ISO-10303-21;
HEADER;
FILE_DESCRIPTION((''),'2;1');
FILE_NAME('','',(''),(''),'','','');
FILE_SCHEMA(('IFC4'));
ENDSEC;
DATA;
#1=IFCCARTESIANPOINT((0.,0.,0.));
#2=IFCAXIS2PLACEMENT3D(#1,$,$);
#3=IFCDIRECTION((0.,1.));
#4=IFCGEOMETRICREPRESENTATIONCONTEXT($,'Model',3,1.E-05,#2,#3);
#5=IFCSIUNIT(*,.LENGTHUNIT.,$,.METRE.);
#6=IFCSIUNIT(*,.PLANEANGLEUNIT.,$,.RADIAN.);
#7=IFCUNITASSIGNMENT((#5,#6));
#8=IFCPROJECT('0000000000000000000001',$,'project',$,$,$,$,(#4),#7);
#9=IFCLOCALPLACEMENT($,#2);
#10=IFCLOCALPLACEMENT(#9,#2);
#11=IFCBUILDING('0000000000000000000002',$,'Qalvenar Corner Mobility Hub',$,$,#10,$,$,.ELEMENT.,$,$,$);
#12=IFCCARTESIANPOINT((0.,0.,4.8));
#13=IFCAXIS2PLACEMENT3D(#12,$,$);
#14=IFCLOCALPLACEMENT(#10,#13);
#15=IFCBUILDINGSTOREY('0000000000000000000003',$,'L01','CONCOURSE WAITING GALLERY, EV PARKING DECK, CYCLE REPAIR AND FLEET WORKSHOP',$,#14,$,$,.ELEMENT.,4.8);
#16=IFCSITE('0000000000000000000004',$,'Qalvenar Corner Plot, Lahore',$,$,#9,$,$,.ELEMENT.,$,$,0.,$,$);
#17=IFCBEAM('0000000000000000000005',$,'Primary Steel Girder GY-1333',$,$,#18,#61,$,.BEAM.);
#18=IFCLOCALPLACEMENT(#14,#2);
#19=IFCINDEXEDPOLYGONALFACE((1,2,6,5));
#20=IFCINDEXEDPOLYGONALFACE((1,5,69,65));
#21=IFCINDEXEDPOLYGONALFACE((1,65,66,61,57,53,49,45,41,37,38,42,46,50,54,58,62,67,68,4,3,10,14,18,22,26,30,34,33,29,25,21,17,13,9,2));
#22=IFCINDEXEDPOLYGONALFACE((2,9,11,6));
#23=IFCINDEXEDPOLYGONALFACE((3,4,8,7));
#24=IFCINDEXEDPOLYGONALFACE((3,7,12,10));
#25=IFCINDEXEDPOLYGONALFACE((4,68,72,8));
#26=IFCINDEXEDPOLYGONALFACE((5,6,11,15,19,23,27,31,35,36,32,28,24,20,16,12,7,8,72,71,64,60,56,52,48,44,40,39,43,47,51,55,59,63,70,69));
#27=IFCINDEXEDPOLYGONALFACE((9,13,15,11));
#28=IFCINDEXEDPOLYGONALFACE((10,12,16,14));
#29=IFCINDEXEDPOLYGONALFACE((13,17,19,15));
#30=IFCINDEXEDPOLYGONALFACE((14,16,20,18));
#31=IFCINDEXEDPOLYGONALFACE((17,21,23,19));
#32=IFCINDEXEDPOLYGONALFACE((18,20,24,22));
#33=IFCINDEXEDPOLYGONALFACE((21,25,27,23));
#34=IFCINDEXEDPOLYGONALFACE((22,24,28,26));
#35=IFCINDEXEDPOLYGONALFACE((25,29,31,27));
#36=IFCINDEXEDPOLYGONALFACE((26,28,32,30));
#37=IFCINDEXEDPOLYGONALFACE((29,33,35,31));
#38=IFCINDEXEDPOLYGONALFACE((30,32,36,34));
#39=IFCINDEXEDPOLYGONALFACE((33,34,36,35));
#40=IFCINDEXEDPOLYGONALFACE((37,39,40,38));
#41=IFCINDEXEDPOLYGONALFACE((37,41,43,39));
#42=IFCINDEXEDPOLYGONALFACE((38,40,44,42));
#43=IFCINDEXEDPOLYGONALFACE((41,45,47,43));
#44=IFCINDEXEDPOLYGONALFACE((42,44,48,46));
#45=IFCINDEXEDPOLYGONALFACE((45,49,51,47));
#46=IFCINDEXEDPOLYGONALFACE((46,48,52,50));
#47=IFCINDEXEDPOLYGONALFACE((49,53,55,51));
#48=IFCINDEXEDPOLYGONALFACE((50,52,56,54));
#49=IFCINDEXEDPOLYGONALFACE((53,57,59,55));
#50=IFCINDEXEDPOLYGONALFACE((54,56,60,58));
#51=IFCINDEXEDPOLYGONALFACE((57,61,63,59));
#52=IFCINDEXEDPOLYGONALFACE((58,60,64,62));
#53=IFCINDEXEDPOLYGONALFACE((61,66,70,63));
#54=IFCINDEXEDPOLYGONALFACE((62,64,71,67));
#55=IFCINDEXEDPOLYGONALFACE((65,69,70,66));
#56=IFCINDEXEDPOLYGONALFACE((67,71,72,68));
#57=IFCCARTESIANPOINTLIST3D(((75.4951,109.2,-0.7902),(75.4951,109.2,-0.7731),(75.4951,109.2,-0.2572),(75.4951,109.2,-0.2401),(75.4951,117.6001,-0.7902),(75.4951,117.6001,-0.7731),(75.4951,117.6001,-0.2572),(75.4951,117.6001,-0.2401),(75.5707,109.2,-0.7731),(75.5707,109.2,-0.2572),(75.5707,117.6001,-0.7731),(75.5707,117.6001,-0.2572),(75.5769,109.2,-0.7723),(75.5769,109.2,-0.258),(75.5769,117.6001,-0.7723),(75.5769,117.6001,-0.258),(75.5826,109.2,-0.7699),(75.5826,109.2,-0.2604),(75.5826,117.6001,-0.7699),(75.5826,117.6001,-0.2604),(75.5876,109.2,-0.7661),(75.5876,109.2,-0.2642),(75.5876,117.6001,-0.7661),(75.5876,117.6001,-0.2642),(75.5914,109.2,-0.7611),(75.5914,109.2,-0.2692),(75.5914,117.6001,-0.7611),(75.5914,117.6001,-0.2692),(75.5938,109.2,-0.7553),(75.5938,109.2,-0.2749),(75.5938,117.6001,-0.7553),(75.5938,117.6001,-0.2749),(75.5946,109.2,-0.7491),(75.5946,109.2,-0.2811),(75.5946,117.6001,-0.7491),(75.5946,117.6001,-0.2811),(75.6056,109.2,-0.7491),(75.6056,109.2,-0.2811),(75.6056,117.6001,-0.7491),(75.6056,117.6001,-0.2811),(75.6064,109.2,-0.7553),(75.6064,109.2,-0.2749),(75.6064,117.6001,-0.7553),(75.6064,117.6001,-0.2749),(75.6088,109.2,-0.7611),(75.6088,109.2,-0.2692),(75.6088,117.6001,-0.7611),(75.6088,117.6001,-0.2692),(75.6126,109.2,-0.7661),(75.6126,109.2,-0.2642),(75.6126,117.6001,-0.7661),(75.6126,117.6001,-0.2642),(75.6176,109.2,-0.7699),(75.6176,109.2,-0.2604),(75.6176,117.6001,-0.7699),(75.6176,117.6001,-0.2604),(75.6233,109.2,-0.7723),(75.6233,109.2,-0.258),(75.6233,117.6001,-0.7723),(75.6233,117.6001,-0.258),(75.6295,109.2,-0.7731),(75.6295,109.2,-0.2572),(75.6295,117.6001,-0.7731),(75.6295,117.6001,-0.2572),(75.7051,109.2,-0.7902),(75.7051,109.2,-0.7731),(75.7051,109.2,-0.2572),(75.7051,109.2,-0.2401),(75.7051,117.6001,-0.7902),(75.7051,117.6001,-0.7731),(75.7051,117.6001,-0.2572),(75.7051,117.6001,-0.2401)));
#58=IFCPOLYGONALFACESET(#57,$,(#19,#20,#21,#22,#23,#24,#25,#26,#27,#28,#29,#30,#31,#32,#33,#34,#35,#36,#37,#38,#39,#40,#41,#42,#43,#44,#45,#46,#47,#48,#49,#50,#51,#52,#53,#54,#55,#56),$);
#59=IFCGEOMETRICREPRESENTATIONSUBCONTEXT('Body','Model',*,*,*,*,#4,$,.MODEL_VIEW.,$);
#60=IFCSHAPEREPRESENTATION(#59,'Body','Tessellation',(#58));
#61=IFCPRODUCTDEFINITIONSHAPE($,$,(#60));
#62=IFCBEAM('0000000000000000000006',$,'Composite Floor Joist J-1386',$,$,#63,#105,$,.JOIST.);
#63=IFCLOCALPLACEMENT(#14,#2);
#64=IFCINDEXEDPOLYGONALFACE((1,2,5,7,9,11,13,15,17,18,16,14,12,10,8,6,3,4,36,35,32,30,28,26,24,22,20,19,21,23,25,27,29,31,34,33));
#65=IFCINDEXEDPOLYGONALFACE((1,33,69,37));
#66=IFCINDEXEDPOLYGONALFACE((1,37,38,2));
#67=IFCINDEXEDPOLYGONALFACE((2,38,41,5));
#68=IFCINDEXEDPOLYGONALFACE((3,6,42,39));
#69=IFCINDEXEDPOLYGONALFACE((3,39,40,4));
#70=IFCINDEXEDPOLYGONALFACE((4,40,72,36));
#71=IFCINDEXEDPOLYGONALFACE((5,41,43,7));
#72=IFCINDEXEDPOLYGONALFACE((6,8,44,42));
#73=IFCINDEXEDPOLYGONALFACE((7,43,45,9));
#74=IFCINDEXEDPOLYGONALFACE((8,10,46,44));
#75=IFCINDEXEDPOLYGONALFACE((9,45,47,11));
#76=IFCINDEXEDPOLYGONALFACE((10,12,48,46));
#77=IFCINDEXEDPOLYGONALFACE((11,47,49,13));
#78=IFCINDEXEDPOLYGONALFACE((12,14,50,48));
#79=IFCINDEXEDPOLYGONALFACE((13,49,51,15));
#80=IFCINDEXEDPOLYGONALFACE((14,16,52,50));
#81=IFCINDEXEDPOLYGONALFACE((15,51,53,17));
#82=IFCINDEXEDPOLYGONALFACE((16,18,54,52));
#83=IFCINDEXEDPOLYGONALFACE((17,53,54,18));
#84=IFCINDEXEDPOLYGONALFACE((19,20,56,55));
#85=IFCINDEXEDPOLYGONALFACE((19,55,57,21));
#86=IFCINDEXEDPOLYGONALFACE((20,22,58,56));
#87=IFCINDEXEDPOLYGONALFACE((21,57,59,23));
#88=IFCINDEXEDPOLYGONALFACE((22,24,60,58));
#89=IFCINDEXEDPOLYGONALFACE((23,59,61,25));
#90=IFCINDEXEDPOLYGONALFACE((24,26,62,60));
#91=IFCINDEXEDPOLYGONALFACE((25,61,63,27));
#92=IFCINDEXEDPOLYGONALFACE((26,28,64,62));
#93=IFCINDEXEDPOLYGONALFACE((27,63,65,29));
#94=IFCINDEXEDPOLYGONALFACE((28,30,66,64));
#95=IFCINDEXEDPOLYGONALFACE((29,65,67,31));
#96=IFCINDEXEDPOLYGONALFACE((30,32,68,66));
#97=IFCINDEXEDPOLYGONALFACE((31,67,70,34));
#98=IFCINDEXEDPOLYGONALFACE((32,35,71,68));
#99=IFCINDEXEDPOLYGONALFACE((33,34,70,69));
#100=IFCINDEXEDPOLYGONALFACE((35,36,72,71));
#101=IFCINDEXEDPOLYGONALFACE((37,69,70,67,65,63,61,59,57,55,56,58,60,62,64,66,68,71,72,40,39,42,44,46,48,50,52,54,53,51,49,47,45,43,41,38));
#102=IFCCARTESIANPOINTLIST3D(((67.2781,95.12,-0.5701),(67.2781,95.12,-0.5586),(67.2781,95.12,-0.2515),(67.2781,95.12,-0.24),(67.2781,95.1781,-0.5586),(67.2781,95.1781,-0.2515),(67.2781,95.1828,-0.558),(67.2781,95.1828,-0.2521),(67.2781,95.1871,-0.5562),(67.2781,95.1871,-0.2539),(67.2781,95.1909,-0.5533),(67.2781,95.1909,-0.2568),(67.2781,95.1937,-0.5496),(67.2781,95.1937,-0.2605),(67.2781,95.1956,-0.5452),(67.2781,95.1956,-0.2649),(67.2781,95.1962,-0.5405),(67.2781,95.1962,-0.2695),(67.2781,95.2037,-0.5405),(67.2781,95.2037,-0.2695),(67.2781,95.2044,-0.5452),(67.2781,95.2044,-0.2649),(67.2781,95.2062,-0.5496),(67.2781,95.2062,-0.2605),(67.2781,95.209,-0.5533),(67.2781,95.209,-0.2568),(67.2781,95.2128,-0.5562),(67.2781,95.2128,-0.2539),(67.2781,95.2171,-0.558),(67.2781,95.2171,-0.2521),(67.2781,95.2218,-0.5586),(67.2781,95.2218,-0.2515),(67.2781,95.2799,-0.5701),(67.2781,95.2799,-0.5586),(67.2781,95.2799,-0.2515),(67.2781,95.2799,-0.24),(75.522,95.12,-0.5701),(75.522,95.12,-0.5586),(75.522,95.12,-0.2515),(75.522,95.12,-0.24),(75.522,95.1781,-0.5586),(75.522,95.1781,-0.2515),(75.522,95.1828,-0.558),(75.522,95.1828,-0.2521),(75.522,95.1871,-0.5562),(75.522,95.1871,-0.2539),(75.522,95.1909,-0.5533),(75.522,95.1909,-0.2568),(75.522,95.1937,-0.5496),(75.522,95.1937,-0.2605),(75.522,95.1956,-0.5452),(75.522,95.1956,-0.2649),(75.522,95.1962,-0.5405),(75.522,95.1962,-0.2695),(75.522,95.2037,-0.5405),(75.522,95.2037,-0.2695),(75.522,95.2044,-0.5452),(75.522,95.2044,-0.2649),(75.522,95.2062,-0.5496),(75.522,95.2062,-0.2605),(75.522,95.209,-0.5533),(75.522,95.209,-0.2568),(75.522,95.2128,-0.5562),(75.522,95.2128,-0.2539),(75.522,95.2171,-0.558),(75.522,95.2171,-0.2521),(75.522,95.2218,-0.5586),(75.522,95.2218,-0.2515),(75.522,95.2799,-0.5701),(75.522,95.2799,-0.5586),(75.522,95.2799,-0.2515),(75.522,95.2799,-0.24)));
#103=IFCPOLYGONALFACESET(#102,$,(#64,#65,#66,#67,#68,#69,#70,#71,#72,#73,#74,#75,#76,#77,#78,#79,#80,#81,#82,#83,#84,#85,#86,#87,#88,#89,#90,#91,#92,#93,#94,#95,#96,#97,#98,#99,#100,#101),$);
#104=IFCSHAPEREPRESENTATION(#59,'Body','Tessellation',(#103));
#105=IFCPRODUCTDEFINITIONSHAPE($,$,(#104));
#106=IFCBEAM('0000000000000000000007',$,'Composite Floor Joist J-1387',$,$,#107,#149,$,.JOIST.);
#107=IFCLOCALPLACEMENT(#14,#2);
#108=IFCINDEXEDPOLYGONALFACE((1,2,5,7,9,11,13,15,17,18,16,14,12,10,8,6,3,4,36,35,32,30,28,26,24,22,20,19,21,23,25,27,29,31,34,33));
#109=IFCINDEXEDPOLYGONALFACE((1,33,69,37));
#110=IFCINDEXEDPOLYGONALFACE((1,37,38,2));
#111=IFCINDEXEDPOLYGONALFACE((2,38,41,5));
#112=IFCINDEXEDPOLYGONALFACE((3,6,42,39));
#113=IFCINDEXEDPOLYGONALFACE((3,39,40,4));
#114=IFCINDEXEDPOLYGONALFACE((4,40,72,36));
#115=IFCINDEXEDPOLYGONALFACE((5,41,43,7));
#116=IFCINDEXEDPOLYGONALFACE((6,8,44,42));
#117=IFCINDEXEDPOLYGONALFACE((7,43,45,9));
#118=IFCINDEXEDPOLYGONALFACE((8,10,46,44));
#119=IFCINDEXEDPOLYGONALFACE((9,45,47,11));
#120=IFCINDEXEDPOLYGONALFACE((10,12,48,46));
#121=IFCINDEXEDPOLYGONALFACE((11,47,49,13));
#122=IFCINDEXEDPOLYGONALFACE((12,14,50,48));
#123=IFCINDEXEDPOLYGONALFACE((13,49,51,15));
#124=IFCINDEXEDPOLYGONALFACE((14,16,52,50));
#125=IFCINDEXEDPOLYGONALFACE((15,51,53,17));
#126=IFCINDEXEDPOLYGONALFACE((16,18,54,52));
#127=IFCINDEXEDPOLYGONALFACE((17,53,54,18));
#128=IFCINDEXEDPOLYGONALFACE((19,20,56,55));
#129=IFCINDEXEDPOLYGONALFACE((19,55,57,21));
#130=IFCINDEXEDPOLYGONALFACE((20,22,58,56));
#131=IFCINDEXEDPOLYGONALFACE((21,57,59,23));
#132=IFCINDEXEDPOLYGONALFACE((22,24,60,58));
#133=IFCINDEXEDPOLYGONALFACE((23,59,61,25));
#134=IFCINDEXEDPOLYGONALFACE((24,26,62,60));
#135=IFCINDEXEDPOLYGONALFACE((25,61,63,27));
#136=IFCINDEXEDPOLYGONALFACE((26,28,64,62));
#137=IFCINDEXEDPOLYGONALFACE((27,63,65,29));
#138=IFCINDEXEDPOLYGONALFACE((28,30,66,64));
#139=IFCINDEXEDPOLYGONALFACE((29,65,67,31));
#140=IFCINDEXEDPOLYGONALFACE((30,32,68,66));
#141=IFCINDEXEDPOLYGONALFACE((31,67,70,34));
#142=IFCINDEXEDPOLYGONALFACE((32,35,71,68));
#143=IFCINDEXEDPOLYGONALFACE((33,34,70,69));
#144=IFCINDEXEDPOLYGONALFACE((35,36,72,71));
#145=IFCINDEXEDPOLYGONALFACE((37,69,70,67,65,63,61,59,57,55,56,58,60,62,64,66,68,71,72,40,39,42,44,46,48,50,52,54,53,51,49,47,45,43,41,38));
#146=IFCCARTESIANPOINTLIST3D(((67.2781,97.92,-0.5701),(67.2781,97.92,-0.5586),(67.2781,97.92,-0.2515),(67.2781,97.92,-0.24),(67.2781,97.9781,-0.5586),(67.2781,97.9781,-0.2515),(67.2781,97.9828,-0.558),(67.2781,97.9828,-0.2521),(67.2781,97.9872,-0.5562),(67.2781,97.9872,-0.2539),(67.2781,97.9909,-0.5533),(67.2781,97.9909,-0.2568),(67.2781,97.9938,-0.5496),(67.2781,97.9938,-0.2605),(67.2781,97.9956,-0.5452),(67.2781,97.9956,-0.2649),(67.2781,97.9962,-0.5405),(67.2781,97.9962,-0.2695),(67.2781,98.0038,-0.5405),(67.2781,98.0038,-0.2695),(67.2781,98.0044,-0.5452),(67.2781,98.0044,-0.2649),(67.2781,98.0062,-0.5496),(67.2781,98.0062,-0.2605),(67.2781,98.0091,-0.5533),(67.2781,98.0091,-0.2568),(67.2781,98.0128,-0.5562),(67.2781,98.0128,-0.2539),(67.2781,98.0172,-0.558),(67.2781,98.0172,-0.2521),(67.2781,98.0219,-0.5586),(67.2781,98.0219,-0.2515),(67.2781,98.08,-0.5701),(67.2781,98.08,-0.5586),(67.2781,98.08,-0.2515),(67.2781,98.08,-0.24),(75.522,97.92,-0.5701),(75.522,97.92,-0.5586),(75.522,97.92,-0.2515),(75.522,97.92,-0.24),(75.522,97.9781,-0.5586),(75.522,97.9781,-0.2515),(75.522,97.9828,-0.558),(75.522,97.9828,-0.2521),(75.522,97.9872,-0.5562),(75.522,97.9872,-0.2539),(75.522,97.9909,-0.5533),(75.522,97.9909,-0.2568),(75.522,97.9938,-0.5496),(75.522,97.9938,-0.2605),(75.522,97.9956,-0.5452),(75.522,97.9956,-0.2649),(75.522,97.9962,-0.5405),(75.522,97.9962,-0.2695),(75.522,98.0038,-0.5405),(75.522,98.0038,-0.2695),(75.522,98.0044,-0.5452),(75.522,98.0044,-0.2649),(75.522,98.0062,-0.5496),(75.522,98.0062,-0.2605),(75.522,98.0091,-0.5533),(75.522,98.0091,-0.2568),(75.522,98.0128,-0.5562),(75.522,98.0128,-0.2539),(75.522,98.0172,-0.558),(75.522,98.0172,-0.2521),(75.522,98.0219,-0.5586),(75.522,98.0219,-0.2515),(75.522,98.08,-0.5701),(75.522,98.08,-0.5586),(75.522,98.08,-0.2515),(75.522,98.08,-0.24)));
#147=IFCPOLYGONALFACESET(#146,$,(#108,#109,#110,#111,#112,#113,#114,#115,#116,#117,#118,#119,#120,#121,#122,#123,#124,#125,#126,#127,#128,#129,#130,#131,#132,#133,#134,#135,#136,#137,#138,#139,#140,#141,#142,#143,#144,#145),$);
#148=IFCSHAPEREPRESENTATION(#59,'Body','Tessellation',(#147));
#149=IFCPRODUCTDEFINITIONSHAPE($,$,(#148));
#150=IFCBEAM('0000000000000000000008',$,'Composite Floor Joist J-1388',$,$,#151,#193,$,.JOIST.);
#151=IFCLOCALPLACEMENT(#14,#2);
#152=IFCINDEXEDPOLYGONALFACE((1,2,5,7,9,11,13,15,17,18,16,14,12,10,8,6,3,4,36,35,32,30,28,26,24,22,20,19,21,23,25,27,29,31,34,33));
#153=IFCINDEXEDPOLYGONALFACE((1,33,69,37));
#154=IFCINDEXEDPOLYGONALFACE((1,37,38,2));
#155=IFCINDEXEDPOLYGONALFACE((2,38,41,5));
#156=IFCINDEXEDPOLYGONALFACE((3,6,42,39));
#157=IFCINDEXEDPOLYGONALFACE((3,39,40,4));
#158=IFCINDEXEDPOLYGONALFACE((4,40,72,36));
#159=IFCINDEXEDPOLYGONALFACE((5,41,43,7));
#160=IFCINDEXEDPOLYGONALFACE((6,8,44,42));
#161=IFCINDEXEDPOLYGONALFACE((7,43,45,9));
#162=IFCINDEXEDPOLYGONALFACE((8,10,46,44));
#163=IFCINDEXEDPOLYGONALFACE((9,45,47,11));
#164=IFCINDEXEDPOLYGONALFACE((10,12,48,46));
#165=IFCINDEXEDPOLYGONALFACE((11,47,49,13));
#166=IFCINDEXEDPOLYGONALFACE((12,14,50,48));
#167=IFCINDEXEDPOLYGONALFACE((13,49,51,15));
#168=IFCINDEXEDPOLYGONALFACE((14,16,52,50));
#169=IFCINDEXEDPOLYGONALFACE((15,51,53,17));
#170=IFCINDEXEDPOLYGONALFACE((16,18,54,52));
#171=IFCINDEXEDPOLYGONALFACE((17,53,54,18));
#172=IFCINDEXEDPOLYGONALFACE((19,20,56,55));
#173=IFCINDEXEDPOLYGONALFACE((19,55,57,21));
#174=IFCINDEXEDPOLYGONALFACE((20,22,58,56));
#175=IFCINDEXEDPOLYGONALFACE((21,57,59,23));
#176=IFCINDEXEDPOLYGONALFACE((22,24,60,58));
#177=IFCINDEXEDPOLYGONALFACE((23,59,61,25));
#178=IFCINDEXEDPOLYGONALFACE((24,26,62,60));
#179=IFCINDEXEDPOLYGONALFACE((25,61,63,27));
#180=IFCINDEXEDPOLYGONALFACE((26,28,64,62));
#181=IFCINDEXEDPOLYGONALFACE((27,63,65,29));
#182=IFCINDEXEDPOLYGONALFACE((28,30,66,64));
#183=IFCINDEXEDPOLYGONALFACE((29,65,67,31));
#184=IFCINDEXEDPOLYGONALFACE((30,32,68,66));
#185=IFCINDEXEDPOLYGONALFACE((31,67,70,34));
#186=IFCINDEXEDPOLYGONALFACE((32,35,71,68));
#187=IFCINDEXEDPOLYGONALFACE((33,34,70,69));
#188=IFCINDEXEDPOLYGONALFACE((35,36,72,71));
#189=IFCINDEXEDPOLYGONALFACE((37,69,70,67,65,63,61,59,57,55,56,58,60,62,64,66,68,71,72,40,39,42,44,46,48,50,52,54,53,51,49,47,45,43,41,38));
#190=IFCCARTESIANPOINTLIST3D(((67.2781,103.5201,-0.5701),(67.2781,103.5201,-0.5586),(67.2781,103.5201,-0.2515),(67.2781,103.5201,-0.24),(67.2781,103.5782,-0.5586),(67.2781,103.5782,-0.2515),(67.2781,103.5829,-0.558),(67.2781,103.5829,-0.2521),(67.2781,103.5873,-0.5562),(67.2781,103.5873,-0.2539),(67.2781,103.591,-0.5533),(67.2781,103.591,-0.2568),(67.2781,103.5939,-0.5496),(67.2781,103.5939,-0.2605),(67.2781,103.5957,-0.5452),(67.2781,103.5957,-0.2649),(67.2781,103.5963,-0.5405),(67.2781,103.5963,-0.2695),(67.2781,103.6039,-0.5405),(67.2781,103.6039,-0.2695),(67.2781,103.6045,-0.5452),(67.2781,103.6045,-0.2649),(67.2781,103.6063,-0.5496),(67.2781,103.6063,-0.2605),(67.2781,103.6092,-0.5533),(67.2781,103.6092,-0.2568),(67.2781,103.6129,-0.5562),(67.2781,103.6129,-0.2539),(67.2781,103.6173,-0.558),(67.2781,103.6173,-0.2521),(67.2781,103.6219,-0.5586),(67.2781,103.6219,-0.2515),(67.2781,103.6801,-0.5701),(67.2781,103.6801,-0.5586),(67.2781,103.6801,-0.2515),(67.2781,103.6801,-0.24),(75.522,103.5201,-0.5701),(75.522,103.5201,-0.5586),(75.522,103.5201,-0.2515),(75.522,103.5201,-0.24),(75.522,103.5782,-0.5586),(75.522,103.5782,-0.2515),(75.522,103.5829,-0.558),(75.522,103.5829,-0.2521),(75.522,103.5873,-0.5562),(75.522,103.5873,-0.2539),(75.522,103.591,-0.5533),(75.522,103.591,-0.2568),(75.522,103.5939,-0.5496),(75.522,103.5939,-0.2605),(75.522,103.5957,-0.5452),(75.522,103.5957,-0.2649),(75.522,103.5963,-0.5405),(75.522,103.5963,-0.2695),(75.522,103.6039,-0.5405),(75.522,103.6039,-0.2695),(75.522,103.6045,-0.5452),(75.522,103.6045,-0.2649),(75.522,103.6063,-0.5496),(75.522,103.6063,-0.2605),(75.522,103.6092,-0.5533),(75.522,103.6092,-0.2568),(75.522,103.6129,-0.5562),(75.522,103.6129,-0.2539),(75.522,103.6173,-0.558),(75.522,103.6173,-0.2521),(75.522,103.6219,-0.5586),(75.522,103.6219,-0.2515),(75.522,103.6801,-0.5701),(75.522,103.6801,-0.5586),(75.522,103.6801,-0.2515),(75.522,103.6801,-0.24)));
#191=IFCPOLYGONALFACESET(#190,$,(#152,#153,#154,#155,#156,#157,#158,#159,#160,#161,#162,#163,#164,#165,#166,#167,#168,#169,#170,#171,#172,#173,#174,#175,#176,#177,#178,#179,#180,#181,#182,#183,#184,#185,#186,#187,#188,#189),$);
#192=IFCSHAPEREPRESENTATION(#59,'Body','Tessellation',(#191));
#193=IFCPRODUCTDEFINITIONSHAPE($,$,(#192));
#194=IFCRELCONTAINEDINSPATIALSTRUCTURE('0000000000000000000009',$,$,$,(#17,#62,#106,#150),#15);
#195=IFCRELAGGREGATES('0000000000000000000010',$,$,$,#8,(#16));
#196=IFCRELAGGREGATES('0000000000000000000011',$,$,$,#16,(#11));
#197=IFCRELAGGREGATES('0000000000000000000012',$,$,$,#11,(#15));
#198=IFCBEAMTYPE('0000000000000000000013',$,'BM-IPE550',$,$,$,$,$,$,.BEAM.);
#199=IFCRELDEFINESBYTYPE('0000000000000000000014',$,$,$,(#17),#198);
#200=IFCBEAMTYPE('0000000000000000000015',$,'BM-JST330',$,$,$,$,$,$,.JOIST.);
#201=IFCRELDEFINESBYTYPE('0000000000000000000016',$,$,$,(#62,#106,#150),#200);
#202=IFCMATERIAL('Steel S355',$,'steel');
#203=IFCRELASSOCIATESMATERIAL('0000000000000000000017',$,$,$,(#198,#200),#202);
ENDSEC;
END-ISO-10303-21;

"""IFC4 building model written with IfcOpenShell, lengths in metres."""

from ifc_helpers import new_model, si_unit, direction, frame, origin, origin_2d, place, context, subcontext, project, spatial, i_section, extrude, material, material_profile, profile_set, type_object, element, save


model = new_model("IFC4")

# Units and contexts
model_context = context("Model", 3, precision=1e-05, world=origin(), true_north=direction((0.0, 1.0)))
body_context = subcontext(model_context, "Body", "Model", "MODEL_VIEW")
ifc_project = project(units=[si_unit("LENGTHUNIT", "METRE"), si_unit("PLANEANGLEUNIT", "RADIAN")], contexts=[model_context])

# Site, building, storey
site_placement = place(None, origin())
site = spatial("IfcSite", under=ifc_project, at=site_placement, Name="Qalvenar Corner Plot, Lahore", CompositionType="ELEMENT", RefElevation=0.0)
building_placement = place(site_placement, origin())
building = spatial("IfcBuilding", under=site, at=building_placement, Name="Qalvenar Corner Mobility Hub", CompositionType="ELEMENT")
storey_placement = place(building_placement, frame((0.0, 0.0, 4.8)))
storey = spatial("IfcBuildingStorey", under=building, at=storey_placement, Name="L01", Description="CONCOURSE WAITING GALLERY, EV PARKING DECK, CYCLE REPAIR AND FLEET WORKSHOP", CompositionType="ELEMENT", Elevation=4.8)

# Shared definitions
ifc_material_1 = material(Name="Steel S355", Category="steel")

# Beams
ifc_material_profile_1 = material_profile(ifc_material_1, i_section(OverallWidth=0.21, OverallDepth=0.55, WebThickness=0.011, FlangeThickness=0.0171, FilletRadius=0.0239, at=origin_2d()), Name="IPE550")
ifc_profile_set_1 = profile_set([ifc_material_profile_1], Name="Steel S355")
beam_type_1 = type_object("IfcBeamType", Name="BM-IPE550", PredefinedType="BEAM", material=ifc_profile_set_1)
beam_1_placement = place(storey_placement, frame((75.6001, 109.2, -0.5151), z_axis=(0.0, 1.0, 0.0), x_axis=(-1.0, 0.0, 0.0)))
element("IfcBeam", 1, at=beam_1_placement, inside=storey, type_object=beam_type_1, Name="Primary Steel Girder GY-1333", PredefinedType="BEAM", context=body_context, shape_type="SweptSolid", body=[
    extrude(i_section(OverallWidth=0.21, OverallDepth=0.55, WebThickness=0.011, FlangeThickness=0.0171, FilletRadius=0.0239, at=origin_2d()), origin(), (0.0, 0.0, 1.0), 8.4001),
])
ifc_material_profile_2 = material_profile(ifc_material_1, i_section(OverallWidth=0.1599, OverallDepth=0.3301, WebThickness=0.0076, FlangeThickness=0.0115, FilletRadius=0.0181, at=origin_2d()), Name="IPE330")
ifc_profile_set_2 = profile_set([ifc_material_profile_2], Name="Steel S355")
beam_type_2 = type_object("IfcBeamType", Name="BM-JST330", PredefinedType="JOIST", material=ifc_profile_set_2)
for number, where, z_axis, x_axis, name in (
    (2, (67.2781, 95.2, -0.405), (1.0, 0.0, 0.0), (0.0, 1.0, 0.0), "Composite Floor Joist J-1386"),
    (3, (67.2781, 98.0, -0.405), (1.0, 0.0, 0.0), (0.0, 1.0, 0.0), "Composite Floor Joist J-1387"),
    (4, (67.2781, 103.6001, -0.405), (1.0, 0.0, 0.0), (0.0, 1.0, 0.0), "Composite Floor Joist J-1388"),
):
    element("IfcBeam", number, at=place(storey_placement, frame(where, z_axis=z_axis, x_axis=x_axis)), inside=storey, type_object=beam_type_2, Name=name, PredefinedType="JOIST", context=body_context, shape_type="SweptSolid", body=[
        extrude(i_section(OverallWidth=0.1599, OverallDepth=0.3301, WebThickness=0.0076, FlangeThickness=0.0115, FilletRadius=0.0181, at=origin_2d()), origin(), (0.0, 0.0, 1.0), 8.2439),
    ])

save(model, "model.ifc")
